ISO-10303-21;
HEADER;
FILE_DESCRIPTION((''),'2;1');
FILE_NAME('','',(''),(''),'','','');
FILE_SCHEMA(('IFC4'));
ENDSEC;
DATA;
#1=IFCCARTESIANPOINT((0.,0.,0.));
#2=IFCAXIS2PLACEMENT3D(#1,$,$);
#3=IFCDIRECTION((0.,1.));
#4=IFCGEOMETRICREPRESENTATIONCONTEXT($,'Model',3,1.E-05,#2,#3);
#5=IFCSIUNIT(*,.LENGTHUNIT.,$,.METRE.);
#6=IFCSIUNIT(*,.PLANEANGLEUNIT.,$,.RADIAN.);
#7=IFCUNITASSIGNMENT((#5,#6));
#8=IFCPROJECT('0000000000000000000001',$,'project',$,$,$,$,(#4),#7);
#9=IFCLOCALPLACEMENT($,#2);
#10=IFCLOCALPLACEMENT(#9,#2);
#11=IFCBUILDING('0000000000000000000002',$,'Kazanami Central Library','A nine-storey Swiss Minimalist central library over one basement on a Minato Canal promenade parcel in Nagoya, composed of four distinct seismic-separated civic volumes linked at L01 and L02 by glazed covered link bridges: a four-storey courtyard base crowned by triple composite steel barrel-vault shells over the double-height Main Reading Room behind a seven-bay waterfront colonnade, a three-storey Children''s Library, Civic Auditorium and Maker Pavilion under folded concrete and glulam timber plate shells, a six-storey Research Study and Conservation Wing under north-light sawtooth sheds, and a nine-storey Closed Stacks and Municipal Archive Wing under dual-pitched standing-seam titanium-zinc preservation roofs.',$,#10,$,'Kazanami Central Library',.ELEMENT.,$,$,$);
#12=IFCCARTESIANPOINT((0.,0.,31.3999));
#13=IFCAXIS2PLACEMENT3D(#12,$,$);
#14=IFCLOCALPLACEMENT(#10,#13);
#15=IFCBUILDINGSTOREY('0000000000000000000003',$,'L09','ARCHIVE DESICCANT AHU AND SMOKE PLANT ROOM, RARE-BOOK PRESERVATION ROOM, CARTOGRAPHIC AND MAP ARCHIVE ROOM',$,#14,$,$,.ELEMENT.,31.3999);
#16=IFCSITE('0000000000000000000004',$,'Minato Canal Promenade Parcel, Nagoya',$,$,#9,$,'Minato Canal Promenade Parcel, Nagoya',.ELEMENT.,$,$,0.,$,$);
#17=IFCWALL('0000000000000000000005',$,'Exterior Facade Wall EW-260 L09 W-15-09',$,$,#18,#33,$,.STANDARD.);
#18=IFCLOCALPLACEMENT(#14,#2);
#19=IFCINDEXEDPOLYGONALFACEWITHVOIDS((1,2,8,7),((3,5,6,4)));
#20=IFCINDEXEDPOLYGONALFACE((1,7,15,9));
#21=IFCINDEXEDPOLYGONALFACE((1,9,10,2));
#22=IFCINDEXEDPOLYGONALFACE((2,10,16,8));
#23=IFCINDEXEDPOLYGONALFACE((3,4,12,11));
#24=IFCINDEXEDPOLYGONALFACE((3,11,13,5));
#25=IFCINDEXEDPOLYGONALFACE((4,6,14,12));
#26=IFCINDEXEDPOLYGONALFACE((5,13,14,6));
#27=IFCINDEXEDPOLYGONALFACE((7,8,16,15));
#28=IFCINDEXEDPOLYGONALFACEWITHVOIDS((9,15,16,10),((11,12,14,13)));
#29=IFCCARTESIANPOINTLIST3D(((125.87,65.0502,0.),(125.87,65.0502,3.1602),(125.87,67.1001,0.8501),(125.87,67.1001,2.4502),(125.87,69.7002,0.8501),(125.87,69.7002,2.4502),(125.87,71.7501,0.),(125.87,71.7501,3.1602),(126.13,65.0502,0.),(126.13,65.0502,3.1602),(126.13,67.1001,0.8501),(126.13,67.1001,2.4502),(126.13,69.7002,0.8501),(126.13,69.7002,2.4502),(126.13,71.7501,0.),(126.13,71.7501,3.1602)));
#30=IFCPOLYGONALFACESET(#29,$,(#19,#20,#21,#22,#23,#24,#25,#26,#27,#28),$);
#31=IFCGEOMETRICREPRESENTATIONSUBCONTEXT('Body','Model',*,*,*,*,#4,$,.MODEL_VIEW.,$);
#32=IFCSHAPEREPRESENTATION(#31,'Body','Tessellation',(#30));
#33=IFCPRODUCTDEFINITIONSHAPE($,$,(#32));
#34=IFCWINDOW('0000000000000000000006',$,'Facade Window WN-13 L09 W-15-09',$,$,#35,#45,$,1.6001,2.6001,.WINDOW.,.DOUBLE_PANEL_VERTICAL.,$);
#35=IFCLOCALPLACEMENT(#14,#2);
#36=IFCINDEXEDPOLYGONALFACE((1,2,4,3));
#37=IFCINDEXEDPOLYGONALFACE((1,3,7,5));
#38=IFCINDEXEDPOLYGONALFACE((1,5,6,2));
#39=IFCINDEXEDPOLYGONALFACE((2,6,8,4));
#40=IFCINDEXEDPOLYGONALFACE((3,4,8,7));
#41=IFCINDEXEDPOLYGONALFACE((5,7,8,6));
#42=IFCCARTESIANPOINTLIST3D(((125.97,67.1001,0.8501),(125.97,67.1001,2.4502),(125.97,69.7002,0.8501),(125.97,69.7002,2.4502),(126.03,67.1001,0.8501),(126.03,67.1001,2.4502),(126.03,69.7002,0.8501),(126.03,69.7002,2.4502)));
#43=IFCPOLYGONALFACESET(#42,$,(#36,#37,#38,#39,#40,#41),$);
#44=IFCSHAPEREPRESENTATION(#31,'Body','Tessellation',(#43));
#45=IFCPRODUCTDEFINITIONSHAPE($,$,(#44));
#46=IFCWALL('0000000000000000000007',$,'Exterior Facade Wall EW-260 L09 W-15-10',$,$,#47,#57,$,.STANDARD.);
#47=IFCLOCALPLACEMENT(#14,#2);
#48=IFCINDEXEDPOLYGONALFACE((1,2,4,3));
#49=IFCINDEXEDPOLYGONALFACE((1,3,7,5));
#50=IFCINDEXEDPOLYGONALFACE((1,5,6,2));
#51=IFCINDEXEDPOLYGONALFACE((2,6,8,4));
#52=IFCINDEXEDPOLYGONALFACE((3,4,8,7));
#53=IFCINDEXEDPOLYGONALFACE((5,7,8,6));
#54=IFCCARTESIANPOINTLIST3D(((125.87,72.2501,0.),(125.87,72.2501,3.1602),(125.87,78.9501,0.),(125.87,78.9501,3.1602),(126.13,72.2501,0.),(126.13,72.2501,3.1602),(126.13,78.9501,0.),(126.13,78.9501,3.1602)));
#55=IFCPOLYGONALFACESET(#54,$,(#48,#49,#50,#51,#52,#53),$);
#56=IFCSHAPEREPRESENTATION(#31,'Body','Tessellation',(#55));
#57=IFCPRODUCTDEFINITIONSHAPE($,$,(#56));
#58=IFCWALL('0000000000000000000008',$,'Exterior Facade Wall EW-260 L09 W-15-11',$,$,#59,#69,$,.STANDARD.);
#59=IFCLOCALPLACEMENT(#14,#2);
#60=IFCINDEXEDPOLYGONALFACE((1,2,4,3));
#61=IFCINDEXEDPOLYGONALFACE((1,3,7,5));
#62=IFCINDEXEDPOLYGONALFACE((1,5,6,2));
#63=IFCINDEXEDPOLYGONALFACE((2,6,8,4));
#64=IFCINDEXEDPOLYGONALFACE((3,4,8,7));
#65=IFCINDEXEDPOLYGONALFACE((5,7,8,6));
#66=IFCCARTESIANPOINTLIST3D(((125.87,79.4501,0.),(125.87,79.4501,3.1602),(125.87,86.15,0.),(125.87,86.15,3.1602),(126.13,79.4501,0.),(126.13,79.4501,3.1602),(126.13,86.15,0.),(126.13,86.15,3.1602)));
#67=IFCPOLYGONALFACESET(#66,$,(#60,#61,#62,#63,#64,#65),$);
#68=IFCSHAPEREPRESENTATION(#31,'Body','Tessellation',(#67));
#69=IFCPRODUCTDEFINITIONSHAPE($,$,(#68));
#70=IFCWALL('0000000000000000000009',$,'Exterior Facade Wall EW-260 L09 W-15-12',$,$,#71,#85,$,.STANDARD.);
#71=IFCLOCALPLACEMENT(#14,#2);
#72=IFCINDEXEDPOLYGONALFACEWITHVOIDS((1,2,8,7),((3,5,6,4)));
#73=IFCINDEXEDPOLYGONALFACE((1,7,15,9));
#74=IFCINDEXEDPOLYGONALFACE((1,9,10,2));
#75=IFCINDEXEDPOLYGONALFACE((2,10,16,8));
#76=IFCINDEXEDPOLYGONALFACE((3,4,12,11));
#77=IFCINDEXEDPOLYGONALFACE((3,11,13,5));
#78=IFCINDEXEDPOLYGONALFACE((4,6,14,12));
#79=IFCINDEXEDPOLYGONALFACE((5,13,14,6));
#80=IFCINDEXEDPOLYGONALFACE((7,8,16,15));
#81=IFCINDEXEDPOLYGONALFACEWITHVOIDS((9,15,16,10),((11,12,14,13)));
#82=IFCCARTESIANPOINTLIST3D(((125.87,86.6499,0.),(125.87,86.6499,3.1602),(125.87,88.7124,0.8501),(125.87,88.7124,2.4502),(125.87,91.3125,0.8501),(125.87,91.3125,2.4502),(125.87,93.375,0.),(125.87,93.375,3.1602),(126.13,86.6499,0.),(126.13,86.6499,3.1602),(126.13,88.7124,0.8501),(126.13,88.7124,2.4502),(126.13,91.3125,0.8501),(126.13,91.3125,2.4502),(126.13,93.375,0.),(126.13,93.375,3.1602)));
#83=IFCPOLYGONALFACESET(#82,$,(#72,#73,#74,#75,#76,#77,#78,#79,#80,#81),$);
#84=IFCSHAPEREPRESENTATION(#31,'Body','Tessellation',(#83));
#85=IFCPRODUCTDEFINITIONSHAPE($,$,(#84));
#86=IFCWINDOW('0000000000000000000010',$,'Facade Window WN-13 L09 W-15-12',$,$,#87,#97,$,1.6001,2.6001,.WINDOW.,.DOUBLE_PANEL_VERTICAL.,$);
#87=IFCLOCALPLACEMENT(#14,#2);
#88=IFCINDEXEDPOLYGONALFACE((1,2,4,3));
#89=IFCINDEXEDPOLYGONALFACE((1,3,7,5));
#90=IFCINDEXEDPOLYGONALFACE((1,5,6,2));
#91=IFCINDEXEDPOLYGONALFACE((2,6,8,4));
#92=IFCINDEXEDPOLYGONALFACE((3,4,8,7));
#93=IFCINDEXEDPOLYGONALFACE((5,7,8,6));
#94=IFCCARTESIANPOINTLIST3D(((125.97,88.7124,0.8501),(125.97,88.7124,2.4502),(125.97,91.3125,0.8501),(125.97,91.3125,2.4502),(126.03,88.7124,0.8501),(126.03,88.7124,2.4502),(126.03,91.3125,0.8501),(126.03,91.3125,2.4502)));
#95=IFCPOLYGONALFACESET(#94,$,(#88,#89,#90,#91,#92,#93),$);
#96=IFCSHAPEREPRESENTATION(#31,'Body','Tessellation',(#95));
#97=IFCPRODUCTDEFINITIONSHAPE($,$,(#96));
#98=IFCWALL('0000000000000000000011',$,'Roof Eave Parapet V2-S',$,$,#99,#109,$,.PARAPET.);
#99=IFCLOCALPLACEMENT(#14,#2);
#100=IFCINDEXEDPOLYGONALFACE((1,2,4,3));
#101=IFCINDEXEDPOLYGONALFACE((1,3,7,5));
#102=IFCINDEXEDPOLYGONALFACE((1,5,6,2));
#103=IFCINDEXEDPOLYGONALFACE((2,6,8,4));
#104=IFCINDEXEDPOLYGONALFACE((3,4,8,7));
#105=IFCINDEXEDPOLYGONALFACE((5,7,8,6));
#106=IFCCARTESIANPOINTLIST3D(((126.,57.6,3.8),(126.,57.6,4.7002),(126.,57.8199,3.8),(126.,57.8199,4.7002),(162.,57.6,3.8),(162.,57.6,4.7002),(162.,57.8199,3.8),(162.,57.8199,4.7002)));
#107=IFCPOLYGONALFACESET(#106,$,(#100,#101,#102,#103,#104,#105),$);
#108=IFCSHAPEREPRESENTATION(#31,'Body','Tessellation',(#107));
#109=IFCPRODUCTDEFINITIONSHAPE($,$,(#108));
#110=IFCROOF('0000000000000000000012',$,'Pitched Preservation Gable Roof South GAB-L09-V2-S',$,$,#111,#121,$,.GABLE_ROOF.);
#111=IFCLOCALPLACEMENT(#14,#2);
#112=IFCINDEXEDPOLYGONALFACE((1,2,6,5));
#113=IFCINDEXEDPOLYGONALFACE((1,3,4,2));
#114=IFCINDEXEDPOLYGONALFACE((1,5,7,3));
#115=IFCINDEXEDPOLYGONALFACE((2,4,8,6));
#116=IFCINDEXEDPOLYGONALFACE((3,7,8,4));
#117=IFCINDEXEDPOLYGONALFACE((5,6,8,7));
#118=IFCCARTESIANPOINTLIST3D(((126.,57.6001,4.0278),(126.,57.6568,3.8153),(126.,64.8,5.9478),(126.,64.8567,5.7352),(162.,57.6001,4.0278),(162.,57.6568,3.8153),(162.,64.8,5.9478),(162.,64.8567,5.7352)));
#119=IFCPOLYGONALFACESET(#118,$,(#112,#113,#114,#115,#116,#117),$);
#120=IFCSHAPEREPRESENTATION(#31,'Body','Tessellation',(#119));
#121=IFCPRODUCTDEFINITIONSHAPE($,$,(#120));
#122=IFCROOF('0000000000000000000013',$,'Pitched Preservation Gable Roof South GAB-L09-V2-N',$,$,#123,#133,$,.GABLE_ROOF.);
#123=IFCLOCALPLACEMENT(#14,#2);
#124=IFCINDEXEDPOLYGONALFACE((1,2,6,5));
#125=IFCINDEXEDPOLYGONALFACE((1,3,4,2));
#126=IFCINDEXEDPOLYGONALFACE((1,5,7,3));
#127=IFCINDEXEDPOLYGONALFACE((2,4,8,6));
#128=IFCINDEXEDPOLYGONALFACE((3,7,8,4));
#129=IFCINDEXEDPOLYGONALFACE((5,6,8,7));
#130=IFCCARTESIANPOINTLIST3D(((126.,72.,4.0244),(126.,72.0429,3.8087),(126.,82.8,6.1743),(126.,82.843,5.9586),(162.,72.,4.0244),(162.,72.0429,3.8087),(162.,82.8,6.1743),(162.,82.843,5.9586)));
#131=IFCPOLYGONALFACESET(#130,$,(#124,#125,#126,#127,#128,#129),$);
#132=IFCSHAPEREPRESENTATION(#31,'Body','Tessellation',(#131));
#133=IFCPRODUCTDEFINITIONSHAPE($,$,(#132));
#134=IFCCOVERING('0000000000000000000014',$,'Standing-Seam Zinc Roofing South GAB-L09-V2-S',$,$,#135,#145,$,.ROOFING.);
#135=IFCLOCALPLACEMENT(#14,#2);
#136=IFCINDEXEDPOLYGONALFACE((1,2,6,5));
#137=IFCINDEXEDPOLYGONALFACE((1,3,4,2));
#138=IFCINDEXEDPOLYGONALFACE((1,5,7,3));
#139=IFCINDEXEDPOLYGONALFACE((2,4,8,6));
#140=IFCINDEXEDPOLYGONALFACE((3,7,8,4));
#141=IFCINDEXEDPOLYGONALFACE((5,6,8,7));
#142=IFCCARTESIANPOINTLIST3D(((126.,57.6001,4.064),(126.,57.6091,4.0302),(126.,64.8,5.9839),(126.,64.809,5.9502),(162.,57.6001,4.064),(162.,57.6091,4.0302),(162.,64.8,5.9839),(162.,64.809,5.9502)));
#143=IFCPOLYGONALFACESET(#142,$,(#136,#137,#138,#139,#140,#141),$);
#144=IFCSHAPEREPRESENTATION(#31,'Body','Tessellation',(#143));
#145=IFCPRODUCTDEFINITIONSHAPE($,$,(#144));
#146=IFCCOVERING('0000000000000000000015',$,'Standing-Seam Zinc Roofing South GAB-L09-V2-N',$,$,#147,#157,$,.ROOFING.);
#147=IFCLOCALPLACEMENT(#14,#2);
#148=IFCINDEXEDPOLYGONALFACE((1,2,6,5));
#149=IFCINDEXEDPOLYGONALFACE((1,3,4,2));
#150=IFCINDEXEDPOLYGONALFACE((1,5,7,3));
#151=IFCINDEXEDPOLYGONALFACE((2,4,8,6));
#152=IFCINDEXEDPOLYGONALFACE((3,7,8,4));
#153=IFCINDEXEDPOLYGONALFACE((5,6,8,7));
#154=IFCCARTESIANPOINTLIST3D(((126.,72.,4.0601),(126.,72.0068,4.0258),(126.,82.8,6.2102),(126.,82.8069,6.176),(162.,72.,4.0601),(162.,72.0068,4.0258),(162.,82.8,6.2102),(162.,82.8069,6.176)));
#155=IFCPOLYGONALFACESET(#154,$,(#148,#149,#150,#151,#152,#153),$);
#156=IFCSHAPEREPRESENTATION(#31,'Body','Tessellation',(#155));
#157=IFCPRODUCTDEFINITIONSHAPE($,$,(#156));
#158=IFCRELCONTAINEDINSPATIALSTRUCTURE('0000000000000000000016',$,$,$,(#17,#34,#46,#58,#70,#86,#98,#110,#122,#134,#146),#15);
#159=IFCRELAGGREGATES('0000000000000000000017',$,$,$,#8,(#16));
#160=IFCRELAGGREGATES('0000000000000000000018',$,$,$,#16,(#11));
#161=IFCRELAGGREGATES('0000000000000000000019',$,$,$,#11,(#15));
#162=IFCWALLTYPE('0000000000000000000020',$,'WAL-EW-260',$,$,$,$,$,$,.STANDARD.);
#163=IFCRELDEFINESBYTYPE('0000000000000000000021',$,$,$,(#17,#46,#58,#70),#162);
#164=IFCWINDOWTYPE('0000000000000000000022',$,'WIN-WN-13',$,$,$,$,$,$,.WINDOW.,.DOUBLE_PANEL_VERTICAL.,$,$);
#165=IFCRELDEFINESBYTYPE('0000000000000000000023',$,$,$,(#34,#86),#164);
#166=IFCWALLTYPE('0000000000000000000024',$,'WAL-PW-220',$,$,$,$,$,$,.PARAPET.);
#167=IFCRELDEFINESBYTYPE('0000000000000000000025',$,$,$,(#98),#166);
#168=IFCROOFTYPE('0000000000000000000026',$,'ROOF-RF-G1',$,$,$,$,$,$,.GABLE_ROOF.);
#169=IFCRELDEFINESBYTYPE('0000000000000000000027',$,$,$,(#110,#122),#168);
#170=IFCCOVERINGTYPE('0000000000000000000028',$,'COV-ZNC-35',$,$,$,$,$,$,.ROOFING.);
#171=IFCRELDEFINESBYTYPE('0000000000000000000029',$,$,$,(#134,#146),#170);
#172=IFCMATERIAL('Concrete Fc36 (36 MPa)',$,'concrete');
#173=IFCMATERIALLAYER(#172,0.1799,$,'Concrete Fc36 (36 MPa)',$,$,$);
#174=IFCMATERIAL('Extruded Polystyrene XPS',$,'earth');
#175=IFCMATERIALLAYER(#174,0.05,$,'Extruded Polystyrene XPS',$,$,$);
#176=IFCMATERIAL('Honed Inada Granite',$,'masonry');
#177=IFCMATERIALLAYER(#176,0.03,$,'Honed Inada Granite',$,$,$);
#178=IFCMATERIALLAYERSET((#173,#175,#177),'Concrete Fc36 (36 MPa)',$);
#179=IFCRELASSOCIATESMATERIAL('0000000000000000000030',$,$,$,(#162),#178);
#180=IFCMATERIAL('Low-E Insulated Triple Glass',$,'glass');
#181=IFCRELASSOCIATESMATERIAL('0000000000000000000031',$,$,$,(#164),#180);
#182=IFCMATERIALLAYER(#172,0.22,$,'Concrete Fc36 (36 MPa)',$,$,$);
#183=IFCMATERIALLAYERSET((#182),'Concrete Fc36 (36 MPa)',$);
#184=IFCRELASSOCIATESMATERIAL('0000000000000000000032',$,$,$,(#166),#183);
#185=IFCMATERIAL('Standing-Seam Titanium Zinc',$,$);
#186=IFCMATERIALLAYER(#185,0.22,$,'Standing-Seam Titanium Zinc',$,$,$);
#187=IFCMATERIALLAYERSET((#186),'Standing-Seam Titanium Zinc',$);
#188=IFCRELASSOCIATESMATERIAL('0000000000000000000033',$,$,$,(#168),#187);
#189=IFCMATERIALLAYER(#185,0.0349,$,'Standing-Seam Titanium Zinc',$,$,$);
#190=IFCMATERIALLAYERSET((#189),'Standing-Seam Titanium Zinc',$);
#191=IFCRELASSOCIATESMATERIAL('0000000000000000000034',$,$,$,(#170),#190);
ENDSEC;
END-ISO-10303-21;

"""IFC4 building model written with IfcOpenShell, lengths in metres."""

from ifc_helpers import new_model, si_unit, direction, frame, frame_2d, origin, place, context, subcontext, project, spatial, polyline, rectangle, outline, extrude, material, layer, layer_set, type_object, element, fill, save


model = new_model("IFC4")

# Units and contexts
model_context = context("Model", 3, precision=1e-05, world=origin(), true_north=direction((0.0, 1.0)))
body_context = subcontext(model_context, "Body", "Model", "MODEL_VIEW")
ifc_project = project(units=[si_unit("LENGTHUNIT", "METRE"), si_unit("PLANEANGLEUNIT", "RADIAN")], contexts=[model_context])

# Site, building, storey
site_placement = place(None, origin())
site = spatial("IfcSite", under=ifc_project, at=site_placement, Name="Minato Canal Promenade Parcel, Nagoya", LongName="Minato Canal Promenade Parcel, Nagoya", CompositionType="ELEMENT", RefElevation=0.0)
building_placement = place(site_placement, origin())
building = spatial("IfcBuilding", under=site, at=building_placement, Name="Kazanami Central Library", Description="A nine-storey Swiss Minimalist central library over one basement on a Minato Canal promenade parcel in Nagoya, composed of four distinct seismic-separated civic volumes linked at L01 and L02 by glazed covered link bridges: a four-storey courtyard base crowned by triple composite steel barrel-vault shells over the double-height Main Reading Room behind a seven-bay waterfront colonnade, a three-storey Children's Library, Civic Auditorium and Maker Pavilion under folded concrete and glulam timber plate shells, a six-storey Research Study and Conservation Wing under north-light sawtooth sheds, and a nine-storey Closed Stacks and Municipal Archive Wing under dual-pitched standing-seam titanium-zinc preservation roofs.", LongName="Kazanami Central Library", CompositionType="ELEMENT")
storey_placement = place(building_placement, frame((0.0, 0.0, 31.3999)))
storey = spatial("IfcBuildingStorey", under=building, at=storey_placement, Name="L09", Description="ARCHIVE DESICCANT AHU AND SMOKE PLANT ROOM, RARE-BOOK PRESERVATION ROOM, CARTOGRAPHIC AND MAP ARCHIVE ROOM", CompositionType="ELEMENT", Elevation=31.3999)

# Shared definitions
ifc_material_1 = material(Name="Concrete Fc36 (36 MPa)", Category="concrete")

# Wall, opening, window
ifc_layer_1 = layer(ifc_material_1, 0.1799, Name="Concrete Fc36 (36 MPa)")
ifc_material_2 = material(Name="Extruded Polystyrene XPS", Category="earth")
ifc_layer_2 = layer(ifc_material_2, 0.05, Name="Extruded Polystyrene XPS")
ifc_material_3 = material(Name="Honed Inada Granite", Category="masonry")
ifc_layer_3 = layer(ifc_material_3, 0.03, Name="Honed Inada Granite")
ifc_layer_set_1 = layer_set([ifc_layer_1, ifc_layer_2, ifc_layer_3], Name="Concrete Fc36 (36 MPa)")
wall_type_1 = type_object("IfcWallType", Name="WAL-EW-260", PredefinedType="STANDARD", material=ifc_layer_set_1)
ifc_material_4 = material(Name="Low-E Insulated Triple Glass", Category="glass")
window_type = type_object("IfcWindowType", Name="WIN-WN-13", PartitioningType="DOUBLE_PANEL_VERTICAL", PredefinedType="WINDOW", material=ifc_material_4)
wall_1_placement = place(storey_placement, frame((126.0, 65.05, 0.0), z_axis=(0.0, 0.0, 1.0), x_axis=(0.0, 1.0, 0.0)))
wall_1 = element("IfcWall", 1, at=wall_1_placement, inside=storey, type_object=wall_type_1, Name="Exterior Facade Wall EW-260 L09 W-15-09", PredefinedType="STANDARD", context=body_context, shape_type="SweptSolid", body=[
    extrude(rectangle(XDim=6.7, YDim=0.26, at=frame_2d((3.3501, 0.0))), origin(), (0.0, 0.0, 1.0), 3.1602),
])
opening_1_placement = place(wall_1_placement, frame((2.05, 0.0, 0.8501)))
opening_1 = element("IfcOpeningElement", 2, at=opening_1_placement, cuts=wall_1, PredefinedType="OPENING", context=body_context, shape_type="SweptSolid", body=[
    extrude(rectangle(XDim=2.6001, YDim=1.6001, at=frame_2d((1.3, 0.8))), frame((0.0, 0.1421, 0.0), z_axis=(0.0, -1.0, 0.0), x_axis=(1.0, 0.0, 0.0)), (0.0, 0.0, 1.0), 0.2839),
])
window_1_placement = place(opening_1_placement, origin())
window_1 = element("IfcWindow", 3, at=window_1_placement, inside=storey, type_object=window_type, Name="Facade Window WN-13 L09 W-15-09", OverallHeight=1.6001, OverallWidth=2.6001, PartitioningType="DOUBLE_PANEL_VERTICAL", PredefinedType="WINDOW", context=body_context, shape_type="SweptSolid", body=[
    extrude(rectangle(XDim=2.6001, YDim=1.6001, at=frame_2d((1.3, 0.8))), frame((0.0, 0.03, 0.0), z_axis=(0.0, -1.0, 0.0), x_axis=(1.0, 0.0, 0.0)), (0.0, 0.0, 1.0), 0.0601),
])
fill(opening_1, window_1)

# Walls
for number, where, z_axis, x_axis, name in (
    (4, (126.0, 72.25, 0.0), (0.0, 0.0, 1.0), (0.0, 1.0, 0.0), "Exterior Facade Wall EW-260 L09 W-15-10"),
    (5, (126.0, 79.45, 0.0), (0.0, 0.0, 1.0), (0.0, 1.0, 0.0), "Exterior Facade Wall EW-260 L09 W-15-11"),
):
    element("IfcWall", number, at=place(storey_placement, frame(where, z_axis=z_axis, x_axis=x_axis)), inside=storey, type_object=wall_type_1, Name=name, PredefinedType="STANDARD", context=body_context, shape_type="SweptSolid", body=[
        extrude(rectangle(XDim=6.7, YDim=0.26, at=frame_2d((3.3501, 0.0))), origin(), (0.0, 0.0, 1.0), 3.1602),
    ])

# Wall, opening, window
wall_2_placement = place(storey_placement, frame((126.0, 86.6499, 0.0), z_axis=(0.0, 0.0, 1.0), x_axis=(0.0, 1.0, 0.0)))
wall_2 = element("IfcWall", 6, at=wall_2_placement, inside=storey, type_object=wall_type_1, Name="Exterior Facade Wall EW-260 L09 W-15-12", PredefinedType="STANDARD", context=body_context, shape_type="SweptSolid", body=[
    extrude(rectangle(XDim=6.7251, YDim=0.26, at=frame_2d((3.3625, 0.0))), origin(), (0.0, 0.0, 1.0), 3.1602),
])
opening_2_placement = place(wall_2_placement, frame((2.0625, 0.0, 0.8501)))
opening_2 = element("IfcOpeningElement", 7, at=opening_2_placement, cuts=wall_2, PredefinedType="OPENING", context=body_context, shape_type="SweptSolid", body=[
    extrude(rectangle(XDim=2.6001, YDim=1.6001, at=frame_2d((1.3, 0.8))), frame((0.0, 0.1421, 0.0), z_axis=(0.0, -1.0, 0.0), x_axis=(1.0, 0.0, 0.0)), (0.0, 0.0, 1.0), 0.2839),
])
window_2_placement = place(opening_2_placement, origin())
window_2 = element("IfcWindow", 8, at=window_2_placement, inside=storey, type_object=window_type, Name="Facade Window WN-13 L09 W-15-12", OverallHeight=1.6001, OverallWidth=2.6001, PartitioningType="DOUBLE_PANEL_VERTICAL", PredefinedType="WINDOW", context=body_context, shape_type="SweptSolid", body=[
    extrude(rectangle(XDim=2.6001, YDim=1.6001, at=frame_2d((1.3, 0.8))), frame((0.0, 0.03, 0.0), z_axis=(0.0, -1.0, 0.0), x_axis=(1.0, 0.0, 0.0)), (0.0, 0.0, 1.0), 0.0601),
])
fill(opening_2, window_2)

# Wall
ifc_layer_4 = layer(ifc_material_1, 0.22, Name="Concrete Fc36 (36 MPa)")
ifc_layer_set_2 = layer_set([ifc_layer_4], Name="Concrete Fc36 (36 MPa)")
wall_type_2 = type_object("IfcWallType", Name="WAL-PW-220", PredefinedType="PARAPET", material=ifc_layer_set_2)
wall_3_placement = place(storey_placement, frame((126.0, 57.71, 3.8), z_axis=(0.0, 0.0, 1.0), x_axis=(1.0, 0.0, 0.0)))
element("IfcWall", 9, at=wall_3_placement, inside=storey, type_object=wall_type_2, Name="Roof Eave Parapet V2-S", PredefinedType="PARAPET", context=body_context, shape_type="SweptSolid", body=[
    extrude(rectangle(XDim=36.0, YDim=0.22, at=frame_2d((18.0, 0.0))), origin(), (0.0, 0.0, 1.0), 0.9001),
])

# Roofs
ifc_material_5 = material(Name="Standing-Seam Titanium Zinc")
ifc_layer_5 = layer(ifc_material_5, 0.22, Name="Standing-Seam Titanium Zinc")
ifc_layer_set_3 = layer_set([ifc_layer_5], Name="Standing-Seam Titanium Zinc")
roof_type = type_object("IfcRoofType", Name="ROOF-RF-G1", PredefinedType="GABLE_ROOF", material=ifc_layer_set_3)
roof_1_placement = place(storey_placement, frame((126.0, 57.6001, 4.0278), z_axis=(0.0, -0.257654, 0.966237), x_axis=(1.0, 0.0, 0.0)))
element("IfcRoof", 10, at=roof_1_placement, inside=storey, type_object=roof_type, Name="Pitched Preservation Gable Roof South GAB-L09-V2-S", PredefinedType="GABLE_ROOF", context=body_context, shape_type="SweptSolid", body=[
    extrude(outline(polyline([(0.0, 0.0), (36.0, 0.0), (36.0, 7.4515), (0.0, 7.4515), (0.0, 0.0)])), origin(), (0.0, 0.0, -1.0), 0.22),
])
roof_2_placement = place(storey_placement, frame((126.0, 72.0, 4.0244), z_axis=(0.0, -0.195233, 0.980757), x_axis=(1.0, 0.0, 0.0)))
element("IfcRoof", 11, at=roof_2_placement, inside=storey, type_object=roof_type, Name="Pitched Preservation Gable Roof South GAB-L09-V2-N", PredefinedType="GABLE_ROOF", context=body_context, shape_type="SweptSolid", body=[
    extrude(outline(polyline([(0.0, 0.0), (36.0, 0.0), (36.0, 11.012), (0.0, 11.012), (0.0, 0.0)])), origin(), (0.0, 0.0, -1.0), 0.22),
])

# Coverings
ifc_layer_6 = layer(ifc_material_5, 0.0349, Name="Standing-Seam Titanium Zinc")
ifc_layer_set_4 = layer_set([ifc_layer_6], Name="Standing-Seam Titanium Zinc")
covering_type = type_object("IfcCoveringType", Name="COV-ZNC-35", PredefinedType="ROOFING", material=ifc_layer_set_4)
covering_1_placement = place(storey_placement, frame((126.0, 57.6001, 4.064), z_axis=(0.0, -0.257654, 0.966237), x_axis=(1.0, 0.0, 0.0)))
element("IfcCovering", 12, at=covering_1_placement, inside=storey, type_object=covering_type, Name="Standing-Seam Zinc Roofing South GAB-L09-V2-S", PredefinedType="ROOFING", context=body_context, shape_type="SweptSolid", body=[
    extrude(outline(polyline([(0.0, 0.0), (36.0, 0.0), (36.0, 7.4515), (0.0, 7.4515), (0.0, 0.0)])), origin(), (0.0, 0.0, -1.0), 0.0349),
])
covering_2_placement = place(storey_placement, frame((126.0, 72.0, 4.0601), z_axis=(0.0, -0.195255, 0.980753), x_axis=(1.0, 0.0, 0.0)))
element("IfcCovering", 13, at=covering_2_placement, inside=storey, type_object=covering_type, Name="Standing-Seam Zinc Roofing South GAB-L09-V2-N", PredefinedType="ROOFING", context=body_context, shape_type="SweptSolid", body=[
    extrude(outline(polyline([(0.0, 0.0), (36.0, 0.0), (36.0, 11.012), (0.0, 11.012), (0.0, 0.0)])), origin(), (0.0, 0.0, -1.0), 0.0349),
])

save(model, "model.ifc")
